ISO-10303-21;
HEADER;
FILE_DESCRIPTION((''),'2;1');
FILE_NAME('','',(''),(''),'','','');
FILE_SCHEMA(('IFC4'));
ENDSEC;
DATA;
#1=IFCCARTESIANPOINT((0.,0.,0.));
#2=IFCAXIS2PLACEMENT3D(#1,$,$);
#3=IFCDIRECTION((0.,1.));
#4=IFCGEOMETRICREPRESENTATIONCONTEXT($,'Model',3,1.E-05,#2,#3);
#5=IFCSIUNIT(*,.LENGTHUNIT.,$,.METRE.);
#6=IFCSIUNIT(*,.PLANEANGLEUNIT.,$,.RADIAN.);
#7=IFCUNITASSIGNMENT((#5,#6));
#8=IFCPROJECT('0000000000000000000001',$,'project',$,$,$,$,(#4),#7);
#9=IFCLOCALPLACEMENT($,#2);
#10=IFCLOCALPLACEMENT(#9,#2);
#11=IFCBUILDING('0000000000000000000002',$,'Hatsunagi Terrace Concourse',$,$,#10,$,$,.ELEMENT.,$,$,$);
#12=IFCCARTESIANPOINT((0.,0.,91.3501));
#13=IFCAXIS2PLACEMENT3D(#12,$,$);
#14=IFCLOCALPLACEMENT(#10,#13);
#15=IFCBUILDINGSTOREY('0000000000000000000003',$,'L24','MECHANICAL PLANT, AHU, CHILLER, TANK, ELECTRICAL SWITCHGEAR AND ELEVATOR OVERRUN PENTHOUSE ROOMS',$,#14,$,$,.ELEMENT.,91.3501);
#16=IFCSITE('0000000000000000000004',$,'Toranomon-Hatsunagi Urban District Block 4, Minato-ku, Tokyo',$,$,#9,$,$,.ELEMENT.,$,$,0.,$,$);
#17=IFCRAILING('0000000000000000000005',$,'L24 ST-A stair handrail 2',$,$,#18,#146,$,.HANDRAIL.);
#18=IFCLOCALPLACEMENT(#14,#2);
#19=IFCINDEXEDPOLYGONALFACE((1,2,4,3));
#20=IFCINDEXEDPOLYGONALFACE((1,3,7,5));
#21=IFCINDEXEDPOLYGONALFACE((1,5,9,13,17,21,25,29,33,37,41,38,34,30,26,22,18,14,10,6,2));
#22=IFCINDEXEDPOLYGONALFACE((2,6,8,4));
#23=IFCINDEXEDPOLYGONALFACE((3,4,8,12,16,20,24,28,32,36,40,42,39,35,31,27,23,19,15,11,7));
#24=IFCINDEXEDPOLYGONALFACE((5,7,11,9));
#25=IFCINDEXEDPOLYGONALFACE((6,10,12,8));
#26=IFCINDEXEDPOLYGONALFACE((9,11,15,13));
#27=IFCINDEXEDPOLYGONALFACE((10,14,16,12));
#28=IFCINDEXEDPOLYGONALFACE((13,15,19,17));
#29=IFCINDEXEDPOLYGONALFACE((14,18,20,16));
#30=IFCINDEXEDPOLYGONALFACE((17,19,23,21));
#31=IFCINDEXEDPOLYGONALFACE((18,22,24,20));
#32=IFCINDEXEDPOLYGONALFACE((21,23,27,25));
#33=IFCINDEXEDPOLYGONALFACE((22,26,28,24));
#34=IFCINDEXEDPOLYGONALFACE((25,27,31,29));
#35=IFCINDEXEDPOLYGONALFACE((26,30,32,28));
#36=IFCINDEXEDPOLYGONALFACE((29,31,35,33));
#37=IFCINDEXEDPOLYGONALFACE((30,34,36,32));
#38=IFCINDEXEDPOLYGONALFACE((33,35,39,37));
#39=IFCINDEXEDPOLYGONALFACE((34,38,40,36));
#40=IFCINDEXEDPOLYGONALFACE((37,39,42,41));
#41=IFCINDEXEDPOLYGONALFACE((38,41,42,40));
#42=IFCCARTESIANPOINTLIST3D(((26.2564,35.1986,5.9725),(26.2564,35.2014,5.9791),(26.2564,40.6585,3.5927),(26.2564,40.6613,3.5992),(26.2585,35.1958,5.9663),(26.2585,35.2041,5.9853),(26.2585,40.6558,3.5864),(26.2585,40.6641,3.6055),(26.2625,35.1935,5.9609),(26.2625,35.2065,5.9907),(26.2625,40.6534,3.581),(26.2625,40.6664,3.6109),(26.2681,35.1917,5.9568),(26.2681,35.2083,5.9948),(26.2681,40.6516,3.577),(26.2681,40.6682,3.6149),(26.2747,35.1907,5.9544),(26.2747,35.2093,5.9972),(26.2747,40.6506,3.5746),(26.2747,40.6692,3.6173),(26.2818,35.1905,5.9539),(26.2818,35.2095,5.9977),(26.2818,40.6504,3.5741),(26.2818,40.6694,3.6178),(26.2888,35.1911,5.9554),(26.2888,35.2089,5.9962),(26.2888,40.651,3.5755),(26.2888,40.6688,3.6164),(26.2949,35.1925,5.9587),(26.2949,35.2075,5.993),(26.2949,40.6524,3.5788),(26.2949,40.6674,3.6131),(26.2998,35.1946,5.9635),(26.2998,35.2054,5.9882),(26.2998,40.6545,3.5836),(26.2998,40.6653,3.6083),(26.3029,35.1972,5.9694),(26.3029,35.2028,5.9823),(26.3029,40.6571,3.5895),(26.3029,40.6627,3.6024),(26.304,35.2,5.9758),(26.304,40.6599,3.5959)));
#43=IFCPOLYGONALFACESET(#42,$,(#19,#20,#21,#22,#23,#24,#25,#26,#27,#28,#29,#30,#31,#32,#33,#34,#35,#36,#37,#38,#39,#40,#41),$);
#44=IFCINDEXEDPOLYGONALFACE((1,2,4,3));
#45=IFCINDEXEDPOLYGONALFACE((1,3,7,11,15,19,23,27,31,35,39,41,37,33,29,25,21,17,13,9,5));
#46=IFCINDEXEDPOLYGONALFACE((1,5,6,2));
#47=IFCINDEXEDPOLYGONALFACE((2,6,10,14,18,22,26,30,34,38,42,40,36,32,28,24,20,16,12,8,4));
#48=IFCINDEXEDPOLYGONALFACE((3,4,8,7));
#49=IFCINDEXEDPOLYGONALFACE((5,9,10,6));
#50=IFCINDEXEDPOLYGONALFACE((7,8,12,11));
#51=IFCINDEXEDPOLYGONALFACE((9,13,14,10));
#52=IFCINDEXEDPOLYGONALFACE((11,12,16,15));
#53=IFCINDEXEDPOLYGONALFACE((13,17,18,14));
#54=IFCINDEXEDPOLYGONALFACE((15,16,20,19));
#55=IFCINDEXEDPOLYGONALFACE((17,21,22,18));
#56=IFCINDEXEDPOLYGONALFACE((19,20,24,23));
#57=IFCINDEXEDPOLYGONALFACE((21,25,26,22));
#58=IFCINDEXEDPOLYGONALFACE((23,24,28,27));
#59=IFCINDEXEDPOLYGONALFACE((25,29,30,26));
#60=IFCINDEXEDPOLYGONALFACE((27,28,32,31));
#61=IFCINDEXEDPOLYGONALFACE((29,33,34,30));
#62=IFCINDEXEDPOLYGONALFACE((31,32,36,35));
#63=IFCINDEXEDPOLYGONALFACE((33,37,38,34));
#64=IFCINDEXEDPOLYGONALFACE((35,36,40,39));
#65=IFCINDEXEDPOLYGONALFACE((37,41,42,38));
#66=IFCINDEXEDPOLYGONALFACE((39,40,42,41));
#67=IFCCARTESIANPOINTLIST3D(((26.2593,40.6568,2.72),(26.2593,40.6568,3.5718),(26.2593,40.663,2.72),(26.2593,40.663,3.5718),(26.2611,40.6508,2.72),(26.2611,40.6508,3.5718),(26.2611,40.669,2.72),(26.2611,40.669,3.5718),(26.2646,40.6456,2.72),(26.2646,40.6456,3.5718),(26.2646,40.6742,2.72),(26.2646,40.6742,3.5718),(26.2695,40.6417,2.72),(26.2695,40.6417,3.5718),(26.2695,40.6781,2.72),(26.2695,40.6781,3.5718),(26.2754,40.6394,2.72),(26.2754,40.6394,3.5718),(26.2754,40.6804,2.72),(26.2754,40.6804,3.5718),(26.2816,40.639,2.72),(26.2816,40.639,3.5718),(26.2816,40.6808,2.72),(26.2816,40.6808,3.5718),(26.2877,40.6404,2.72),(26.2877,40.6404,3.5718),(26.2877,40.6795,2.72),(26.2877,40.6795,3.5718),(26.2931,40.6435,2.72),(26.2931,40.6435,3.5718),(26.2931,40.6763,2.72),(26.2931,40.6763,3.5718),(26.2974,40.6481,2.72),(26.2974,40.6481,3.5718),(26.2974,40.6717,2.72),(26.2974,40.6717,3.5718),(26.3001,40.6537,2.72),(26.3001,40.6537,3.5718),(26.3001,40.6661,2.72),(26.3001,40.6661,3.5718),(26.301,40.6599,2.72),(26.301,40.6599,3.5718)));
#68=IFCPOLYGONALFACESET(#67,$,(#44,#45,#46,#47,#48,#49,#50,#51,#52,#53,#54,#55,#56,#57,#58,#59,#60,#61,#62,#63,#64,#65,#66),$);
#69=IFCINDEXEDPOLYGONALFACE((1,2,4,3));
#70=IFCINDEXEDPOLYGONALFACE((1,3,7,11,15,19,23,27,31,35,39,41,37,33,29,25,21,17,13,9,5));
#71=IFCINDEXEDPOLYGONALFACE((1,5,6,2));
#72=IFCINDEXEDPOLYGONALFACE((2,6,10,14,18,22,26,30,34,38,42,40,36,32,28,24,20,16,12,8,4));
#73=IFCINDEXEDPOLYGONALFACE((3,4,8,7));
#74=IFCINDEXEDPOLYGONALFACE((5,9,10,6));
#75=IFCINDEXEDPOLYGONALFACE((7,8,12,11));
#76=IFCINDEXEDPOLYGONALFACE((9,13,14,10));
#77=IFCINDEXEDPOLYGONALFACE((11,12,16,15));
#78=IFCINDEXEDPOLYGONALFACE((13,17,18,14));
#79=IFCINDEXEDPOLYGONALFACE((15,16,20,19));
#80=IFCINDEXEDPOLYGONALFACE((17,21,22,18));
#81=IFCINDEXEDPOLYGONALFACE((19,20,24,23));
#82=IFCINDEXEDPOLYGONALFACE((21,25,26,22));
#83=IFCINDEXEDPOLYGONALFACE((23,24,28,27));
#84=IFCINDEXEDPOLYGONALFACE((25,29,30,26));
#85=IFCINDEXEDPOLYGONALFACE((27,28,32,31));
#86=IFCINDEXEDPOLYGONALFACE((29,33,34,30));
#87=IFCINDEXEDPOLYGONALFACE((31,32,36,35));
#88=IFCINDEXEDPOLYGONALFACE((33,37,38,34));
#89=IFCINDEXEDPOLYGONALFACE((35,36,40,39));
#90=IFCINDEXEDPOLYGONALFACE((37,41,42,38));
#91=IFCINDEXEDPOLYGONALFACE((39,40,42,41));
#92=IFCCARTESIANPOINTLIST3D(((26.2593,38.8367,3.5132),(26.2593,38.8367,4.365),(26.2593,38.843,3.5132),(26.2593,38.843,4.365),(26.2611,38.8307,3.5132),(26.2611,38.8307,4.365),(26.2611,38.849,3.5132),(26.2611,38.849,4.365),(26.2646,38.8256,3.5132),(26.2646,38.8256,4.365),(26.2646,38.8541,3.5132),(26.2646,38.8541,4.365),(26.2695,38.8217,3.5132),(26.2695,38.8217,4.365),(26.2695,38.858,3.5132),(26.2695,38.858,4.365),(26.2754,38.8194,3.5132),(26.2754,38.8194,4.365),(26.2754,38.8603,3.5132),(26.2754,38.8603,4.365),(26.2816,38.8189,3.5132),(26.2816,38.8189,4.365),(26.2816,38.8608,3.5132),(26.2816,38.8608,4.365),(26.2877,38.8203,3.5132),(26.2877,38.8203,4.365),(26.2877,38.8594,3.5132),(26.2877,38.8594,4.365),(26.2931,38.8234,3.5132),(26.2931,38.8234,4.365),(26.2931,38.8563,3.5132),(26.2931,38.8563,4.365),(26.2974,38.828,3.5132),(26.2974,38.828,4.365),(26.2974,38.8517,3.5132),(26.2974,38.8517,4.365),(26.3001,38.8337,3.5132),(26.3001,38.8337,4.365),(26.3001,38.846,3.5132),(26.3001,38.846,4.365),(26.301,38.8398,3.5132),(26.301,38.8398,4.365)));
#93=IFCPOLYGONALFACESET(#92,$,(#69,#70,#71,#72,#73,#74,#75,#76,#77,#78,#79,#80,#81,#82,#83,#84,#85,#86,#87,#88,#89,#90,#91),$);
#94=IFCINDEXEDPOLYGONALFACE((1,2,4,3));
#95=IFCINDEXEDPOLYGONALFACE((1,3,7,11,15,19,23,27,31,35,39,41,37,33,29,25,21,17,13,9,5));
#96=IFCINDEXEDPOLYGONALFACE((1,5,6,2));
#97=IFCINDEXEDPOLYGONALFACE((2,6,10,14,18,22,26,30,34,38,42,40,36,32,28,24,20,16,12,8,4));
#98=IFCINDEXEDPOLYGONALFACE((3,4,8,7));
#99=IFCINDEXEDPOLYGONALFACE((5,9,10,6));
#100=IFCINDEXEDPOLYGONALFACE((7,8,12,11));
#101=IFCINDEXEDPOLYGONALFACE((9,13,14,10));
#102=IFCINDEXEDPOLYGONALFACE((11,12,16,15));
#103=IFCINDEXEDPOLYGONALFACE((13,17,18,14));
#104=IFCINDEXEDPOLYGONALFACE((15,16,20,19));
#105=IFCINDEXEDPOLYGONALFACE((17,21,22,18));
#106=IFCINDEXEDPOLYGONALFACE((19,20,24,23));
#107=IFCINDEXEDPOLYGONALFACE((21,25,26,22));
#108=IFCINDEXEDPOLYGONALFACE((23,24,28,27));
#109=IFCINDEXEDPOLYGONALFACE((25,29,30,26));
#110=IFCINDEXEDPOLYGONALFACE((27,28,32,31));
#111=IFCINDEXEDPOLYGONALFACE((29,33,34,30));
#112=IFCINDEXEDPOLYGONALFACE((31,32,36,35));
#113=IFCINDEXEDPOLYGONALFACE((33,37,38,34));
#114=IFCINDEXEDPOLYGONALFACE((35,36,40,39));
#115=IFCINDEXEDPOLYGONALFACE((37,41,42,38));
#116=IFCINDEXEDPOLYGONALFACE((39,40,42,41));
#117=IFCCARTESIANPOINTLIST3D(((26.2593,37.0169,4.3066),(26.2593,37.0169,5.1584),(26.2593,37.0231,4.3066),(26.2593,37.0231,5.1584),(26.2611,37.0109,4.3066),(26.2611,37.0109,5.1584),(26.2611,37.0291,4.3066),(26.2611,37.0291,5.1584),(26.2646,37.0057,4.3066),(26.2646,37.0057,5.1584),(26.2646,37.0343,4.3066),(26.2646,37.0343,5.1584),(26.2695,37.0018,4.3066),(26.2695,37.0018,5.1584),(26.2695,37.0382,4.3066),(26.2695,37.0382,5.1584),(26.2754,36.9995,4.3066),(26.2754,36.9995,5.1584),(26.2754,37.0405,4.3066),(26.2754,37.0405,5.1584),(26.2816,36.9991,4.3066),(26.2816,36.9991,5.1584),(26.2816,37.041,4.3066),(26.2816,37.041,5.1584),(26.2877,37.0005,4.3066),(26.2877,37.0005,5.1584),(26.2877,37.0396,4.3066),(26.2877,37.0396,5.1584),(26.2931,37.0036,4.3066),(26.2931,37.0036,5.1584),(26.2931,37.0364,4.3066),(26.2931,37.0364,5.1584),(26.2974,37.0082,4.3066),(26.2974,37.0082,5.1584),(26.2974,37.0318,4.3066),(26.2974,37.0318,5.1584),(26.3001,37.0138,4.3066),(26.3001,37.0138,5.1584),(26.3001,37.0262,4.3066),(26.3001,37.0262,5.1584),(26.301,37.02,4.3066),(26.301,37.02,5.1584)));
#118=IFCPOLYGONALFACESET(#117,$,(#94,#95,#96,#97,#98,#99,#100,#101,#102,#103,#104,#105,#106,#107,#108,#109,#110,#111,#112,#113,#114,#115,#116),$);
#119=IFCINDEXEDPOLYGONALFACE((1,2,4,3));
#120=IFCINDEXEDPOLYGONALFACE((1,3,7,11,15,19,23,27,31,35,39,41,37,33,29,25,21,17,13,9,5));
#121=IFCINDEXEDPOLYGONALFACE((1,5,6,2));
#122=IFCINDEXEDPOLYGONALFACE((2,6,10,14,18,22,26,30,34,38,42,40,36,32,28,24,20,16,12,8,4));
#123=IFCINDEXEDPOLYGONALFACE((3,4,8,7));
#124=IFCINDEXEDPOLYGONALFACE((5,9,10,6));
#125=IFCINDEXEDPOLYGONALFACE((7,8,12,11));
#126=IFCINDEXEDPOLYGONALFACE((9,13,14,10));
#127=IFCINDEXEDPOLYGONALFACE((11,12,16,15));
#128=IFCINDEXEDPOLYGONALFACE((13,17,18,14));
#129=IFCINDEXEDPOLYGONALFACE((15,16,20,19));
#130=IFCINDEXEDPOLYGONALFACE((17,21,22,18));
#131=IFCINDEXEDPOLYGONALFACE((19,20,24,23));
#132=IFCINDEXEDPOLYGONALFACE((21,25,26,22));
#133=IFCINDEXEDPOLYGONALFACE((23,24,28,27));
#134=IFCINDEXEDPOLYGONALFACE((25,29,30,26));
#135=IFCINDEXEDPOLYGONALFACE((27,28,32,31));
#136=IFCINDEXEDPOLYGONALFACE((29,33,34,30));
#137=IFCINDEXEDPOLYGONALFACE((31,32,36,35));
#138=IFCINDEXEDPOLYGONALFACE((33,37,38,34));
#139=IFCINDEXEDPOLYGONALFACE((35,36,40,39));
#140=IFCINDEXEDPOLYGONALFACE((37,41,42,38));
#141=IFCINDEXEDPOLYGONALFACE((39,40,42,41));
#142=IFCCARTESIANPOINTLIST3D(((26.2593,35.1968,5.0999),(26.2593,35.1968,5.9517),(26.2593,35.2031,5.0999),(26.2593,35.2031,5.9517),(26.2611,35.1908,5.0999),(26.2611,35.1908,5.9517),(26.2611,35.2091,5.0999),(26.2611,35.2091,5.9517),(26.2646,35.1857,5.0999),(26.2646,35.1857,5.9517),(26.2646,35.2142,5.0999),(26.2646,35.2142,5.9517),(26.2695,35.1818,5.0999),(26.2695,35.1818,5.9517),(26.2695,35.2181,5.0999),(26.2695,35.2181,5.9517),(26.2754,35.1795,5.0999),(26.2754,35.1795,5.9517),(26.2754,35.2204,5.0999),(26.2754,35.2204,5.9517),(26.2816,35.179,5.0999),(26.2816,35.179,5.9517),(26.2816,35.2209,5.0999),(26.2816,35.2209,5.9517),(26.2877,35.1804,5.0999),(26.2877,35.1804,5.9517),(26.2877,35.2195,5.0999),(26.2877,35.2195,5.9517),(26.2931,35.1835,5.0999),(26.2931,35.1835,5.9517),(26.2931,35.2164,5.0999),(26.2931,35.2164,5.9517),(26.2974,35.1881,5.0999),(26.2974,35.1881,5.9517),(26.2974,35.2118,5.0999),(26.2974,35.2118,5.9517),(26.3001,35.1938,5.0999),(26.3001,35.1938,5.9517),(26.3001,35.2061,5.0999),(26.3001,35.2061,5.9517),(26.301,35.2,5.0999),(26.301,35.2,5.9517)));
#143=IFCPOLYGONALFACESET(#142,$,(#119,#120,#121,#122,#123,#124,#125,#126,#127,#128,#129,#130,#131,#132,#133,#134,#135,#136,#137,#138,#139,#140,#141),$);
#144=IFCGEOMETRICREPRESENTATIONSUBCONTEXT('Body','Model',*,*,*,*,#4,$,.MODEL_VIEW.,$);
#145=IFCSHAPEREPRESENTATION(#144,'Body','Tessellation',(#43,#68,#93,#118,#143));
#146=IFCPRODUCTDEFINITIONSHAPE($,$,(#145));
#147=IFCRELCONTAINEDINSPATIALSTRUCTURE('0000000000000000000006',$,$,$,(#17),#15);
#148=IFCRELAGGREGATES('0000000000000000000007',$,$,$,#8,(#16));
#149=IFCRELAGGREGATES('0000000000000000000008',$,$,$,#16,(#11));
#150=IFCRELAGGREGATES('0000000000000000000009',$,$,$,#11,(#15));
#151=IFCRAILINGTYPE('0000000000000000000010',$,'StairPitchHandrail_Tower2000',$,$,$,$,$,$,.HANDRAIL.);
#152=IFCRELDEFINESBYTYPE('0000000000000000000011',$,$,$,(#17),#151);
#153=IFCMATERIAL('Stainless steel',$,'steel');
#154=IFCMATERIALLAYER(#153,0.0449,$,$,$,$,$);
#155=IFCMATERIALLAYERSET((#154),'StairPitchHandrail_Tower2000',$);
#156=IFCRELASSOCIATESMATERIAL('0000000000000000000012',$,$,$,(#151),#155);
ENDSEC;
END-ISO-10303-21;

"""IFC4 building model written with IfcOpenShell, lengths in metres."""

from ifc_helpers import new_model, si_unit, direction, frame, origin, origin_2d, place, context, subcontext, project, spatial, circle, extrude, material, layer, layer_set, type_object, element, save


model = new_model("IFC4")

# Units and contexts
model_context = context("Model", 3, precision=1e-05, world=origin(), true_north=direction((0.0, 1.0)))
body_context = subcontext(model_context, "Body", "Model", "MODEL_VIEW")
ifc_project = project(units=[si_unit("LENGTHUNIT", "METRE"), si_unit("PLANEANGLEUNIT", "RADIAN")], contexts=[model_context])

# Site, building, storey
site_placement = place(None, origin())
site = spatial("IfcSite", under=ifc_project, at=site_placement, Name="Toranomon-Hatsunagi Urban District Block 4, Minato-ku, Tokyo", CompositionType="ELEMENT", RefElevation=0.0)
building_placement = place(site_placement, origin())
building = spatial("IfcBuilding", under=site, at=building_placement, Name="Hatsunagi Terrace Concourse", CompositionType="ELEMENT")
storey_placement = place(building_placement, frame((0.0, 0.0, 91.3501)))
storey = spatial("IfcBuildingStorey", under=building, at=storey_placement, Name="L24", Description="MECHANICAL PLANT, AHU, CHILLER, TANK, ELECTRICAL SWITCHGEAR AND ELEVATOR OVERRUN PENTHOUSE ROOMS", CompositionType="ELEMENT", Elevation=91.3501)

# Railing
ifc_material_1 = material(Name="Stainless steel", Category="steel")
ifc_layer_1 = layer(ifc_material_1, 0.0449)
ifc_layer_set_1 = layer_set([ifc_layer_1], Name="StairPitchHandrail_Tower2000")
railing_type_1 = type_object("IfcRailingType", Name="StairPitchHandrail_Tower2000", PredefinedType="HANDRAIL", material=ifc_layer_set_1)
railing_1_placement = place(storey_placement, frame((26.28, 40.6599, 2.72)))
element("IfcRailing", 1, at=railing_1_placement, inside=storey, type_object=railing_type_1, Name="L24 ST-A stair handrail 2", PredefinedType="HANDRAIL", context=body_context, shape_type="SweptSolid", body=[
    extrude(circle(Radius=0.0239, at=origin_2d()), frame((0.0, 0.0, 0.876), z_axis=(0.0, -0.916702, 0.399571), x_axis=(1.0, 0.0, 0.0)), (0.0, 0.0, 1.0), 5.9561),
    extrude(circle(Radius=0.021, at=origin_2d()), origin(), (0.0, 0.0, 1.0), 0.8518),
    extrude(circle(Radius=0.021, at=origin_2d()), frame((0.0, -1.8201, 0.7932)), (0.0, 0.0, 1.0), 0.8518),
    extrude(circle(Radius=0.021, at=origin_2d()), frame((0.0, -3.6399, 1.5867)), (0.0, 0.0, 1.0), 0.8518),
    extrude(circle(Radius=0.021, at=origin_2d()), frame((0.0, -5.46, 2.3799)), (0.0, 0.0, 1.0), 0.8518),
])

save(model, "model.ifc")
